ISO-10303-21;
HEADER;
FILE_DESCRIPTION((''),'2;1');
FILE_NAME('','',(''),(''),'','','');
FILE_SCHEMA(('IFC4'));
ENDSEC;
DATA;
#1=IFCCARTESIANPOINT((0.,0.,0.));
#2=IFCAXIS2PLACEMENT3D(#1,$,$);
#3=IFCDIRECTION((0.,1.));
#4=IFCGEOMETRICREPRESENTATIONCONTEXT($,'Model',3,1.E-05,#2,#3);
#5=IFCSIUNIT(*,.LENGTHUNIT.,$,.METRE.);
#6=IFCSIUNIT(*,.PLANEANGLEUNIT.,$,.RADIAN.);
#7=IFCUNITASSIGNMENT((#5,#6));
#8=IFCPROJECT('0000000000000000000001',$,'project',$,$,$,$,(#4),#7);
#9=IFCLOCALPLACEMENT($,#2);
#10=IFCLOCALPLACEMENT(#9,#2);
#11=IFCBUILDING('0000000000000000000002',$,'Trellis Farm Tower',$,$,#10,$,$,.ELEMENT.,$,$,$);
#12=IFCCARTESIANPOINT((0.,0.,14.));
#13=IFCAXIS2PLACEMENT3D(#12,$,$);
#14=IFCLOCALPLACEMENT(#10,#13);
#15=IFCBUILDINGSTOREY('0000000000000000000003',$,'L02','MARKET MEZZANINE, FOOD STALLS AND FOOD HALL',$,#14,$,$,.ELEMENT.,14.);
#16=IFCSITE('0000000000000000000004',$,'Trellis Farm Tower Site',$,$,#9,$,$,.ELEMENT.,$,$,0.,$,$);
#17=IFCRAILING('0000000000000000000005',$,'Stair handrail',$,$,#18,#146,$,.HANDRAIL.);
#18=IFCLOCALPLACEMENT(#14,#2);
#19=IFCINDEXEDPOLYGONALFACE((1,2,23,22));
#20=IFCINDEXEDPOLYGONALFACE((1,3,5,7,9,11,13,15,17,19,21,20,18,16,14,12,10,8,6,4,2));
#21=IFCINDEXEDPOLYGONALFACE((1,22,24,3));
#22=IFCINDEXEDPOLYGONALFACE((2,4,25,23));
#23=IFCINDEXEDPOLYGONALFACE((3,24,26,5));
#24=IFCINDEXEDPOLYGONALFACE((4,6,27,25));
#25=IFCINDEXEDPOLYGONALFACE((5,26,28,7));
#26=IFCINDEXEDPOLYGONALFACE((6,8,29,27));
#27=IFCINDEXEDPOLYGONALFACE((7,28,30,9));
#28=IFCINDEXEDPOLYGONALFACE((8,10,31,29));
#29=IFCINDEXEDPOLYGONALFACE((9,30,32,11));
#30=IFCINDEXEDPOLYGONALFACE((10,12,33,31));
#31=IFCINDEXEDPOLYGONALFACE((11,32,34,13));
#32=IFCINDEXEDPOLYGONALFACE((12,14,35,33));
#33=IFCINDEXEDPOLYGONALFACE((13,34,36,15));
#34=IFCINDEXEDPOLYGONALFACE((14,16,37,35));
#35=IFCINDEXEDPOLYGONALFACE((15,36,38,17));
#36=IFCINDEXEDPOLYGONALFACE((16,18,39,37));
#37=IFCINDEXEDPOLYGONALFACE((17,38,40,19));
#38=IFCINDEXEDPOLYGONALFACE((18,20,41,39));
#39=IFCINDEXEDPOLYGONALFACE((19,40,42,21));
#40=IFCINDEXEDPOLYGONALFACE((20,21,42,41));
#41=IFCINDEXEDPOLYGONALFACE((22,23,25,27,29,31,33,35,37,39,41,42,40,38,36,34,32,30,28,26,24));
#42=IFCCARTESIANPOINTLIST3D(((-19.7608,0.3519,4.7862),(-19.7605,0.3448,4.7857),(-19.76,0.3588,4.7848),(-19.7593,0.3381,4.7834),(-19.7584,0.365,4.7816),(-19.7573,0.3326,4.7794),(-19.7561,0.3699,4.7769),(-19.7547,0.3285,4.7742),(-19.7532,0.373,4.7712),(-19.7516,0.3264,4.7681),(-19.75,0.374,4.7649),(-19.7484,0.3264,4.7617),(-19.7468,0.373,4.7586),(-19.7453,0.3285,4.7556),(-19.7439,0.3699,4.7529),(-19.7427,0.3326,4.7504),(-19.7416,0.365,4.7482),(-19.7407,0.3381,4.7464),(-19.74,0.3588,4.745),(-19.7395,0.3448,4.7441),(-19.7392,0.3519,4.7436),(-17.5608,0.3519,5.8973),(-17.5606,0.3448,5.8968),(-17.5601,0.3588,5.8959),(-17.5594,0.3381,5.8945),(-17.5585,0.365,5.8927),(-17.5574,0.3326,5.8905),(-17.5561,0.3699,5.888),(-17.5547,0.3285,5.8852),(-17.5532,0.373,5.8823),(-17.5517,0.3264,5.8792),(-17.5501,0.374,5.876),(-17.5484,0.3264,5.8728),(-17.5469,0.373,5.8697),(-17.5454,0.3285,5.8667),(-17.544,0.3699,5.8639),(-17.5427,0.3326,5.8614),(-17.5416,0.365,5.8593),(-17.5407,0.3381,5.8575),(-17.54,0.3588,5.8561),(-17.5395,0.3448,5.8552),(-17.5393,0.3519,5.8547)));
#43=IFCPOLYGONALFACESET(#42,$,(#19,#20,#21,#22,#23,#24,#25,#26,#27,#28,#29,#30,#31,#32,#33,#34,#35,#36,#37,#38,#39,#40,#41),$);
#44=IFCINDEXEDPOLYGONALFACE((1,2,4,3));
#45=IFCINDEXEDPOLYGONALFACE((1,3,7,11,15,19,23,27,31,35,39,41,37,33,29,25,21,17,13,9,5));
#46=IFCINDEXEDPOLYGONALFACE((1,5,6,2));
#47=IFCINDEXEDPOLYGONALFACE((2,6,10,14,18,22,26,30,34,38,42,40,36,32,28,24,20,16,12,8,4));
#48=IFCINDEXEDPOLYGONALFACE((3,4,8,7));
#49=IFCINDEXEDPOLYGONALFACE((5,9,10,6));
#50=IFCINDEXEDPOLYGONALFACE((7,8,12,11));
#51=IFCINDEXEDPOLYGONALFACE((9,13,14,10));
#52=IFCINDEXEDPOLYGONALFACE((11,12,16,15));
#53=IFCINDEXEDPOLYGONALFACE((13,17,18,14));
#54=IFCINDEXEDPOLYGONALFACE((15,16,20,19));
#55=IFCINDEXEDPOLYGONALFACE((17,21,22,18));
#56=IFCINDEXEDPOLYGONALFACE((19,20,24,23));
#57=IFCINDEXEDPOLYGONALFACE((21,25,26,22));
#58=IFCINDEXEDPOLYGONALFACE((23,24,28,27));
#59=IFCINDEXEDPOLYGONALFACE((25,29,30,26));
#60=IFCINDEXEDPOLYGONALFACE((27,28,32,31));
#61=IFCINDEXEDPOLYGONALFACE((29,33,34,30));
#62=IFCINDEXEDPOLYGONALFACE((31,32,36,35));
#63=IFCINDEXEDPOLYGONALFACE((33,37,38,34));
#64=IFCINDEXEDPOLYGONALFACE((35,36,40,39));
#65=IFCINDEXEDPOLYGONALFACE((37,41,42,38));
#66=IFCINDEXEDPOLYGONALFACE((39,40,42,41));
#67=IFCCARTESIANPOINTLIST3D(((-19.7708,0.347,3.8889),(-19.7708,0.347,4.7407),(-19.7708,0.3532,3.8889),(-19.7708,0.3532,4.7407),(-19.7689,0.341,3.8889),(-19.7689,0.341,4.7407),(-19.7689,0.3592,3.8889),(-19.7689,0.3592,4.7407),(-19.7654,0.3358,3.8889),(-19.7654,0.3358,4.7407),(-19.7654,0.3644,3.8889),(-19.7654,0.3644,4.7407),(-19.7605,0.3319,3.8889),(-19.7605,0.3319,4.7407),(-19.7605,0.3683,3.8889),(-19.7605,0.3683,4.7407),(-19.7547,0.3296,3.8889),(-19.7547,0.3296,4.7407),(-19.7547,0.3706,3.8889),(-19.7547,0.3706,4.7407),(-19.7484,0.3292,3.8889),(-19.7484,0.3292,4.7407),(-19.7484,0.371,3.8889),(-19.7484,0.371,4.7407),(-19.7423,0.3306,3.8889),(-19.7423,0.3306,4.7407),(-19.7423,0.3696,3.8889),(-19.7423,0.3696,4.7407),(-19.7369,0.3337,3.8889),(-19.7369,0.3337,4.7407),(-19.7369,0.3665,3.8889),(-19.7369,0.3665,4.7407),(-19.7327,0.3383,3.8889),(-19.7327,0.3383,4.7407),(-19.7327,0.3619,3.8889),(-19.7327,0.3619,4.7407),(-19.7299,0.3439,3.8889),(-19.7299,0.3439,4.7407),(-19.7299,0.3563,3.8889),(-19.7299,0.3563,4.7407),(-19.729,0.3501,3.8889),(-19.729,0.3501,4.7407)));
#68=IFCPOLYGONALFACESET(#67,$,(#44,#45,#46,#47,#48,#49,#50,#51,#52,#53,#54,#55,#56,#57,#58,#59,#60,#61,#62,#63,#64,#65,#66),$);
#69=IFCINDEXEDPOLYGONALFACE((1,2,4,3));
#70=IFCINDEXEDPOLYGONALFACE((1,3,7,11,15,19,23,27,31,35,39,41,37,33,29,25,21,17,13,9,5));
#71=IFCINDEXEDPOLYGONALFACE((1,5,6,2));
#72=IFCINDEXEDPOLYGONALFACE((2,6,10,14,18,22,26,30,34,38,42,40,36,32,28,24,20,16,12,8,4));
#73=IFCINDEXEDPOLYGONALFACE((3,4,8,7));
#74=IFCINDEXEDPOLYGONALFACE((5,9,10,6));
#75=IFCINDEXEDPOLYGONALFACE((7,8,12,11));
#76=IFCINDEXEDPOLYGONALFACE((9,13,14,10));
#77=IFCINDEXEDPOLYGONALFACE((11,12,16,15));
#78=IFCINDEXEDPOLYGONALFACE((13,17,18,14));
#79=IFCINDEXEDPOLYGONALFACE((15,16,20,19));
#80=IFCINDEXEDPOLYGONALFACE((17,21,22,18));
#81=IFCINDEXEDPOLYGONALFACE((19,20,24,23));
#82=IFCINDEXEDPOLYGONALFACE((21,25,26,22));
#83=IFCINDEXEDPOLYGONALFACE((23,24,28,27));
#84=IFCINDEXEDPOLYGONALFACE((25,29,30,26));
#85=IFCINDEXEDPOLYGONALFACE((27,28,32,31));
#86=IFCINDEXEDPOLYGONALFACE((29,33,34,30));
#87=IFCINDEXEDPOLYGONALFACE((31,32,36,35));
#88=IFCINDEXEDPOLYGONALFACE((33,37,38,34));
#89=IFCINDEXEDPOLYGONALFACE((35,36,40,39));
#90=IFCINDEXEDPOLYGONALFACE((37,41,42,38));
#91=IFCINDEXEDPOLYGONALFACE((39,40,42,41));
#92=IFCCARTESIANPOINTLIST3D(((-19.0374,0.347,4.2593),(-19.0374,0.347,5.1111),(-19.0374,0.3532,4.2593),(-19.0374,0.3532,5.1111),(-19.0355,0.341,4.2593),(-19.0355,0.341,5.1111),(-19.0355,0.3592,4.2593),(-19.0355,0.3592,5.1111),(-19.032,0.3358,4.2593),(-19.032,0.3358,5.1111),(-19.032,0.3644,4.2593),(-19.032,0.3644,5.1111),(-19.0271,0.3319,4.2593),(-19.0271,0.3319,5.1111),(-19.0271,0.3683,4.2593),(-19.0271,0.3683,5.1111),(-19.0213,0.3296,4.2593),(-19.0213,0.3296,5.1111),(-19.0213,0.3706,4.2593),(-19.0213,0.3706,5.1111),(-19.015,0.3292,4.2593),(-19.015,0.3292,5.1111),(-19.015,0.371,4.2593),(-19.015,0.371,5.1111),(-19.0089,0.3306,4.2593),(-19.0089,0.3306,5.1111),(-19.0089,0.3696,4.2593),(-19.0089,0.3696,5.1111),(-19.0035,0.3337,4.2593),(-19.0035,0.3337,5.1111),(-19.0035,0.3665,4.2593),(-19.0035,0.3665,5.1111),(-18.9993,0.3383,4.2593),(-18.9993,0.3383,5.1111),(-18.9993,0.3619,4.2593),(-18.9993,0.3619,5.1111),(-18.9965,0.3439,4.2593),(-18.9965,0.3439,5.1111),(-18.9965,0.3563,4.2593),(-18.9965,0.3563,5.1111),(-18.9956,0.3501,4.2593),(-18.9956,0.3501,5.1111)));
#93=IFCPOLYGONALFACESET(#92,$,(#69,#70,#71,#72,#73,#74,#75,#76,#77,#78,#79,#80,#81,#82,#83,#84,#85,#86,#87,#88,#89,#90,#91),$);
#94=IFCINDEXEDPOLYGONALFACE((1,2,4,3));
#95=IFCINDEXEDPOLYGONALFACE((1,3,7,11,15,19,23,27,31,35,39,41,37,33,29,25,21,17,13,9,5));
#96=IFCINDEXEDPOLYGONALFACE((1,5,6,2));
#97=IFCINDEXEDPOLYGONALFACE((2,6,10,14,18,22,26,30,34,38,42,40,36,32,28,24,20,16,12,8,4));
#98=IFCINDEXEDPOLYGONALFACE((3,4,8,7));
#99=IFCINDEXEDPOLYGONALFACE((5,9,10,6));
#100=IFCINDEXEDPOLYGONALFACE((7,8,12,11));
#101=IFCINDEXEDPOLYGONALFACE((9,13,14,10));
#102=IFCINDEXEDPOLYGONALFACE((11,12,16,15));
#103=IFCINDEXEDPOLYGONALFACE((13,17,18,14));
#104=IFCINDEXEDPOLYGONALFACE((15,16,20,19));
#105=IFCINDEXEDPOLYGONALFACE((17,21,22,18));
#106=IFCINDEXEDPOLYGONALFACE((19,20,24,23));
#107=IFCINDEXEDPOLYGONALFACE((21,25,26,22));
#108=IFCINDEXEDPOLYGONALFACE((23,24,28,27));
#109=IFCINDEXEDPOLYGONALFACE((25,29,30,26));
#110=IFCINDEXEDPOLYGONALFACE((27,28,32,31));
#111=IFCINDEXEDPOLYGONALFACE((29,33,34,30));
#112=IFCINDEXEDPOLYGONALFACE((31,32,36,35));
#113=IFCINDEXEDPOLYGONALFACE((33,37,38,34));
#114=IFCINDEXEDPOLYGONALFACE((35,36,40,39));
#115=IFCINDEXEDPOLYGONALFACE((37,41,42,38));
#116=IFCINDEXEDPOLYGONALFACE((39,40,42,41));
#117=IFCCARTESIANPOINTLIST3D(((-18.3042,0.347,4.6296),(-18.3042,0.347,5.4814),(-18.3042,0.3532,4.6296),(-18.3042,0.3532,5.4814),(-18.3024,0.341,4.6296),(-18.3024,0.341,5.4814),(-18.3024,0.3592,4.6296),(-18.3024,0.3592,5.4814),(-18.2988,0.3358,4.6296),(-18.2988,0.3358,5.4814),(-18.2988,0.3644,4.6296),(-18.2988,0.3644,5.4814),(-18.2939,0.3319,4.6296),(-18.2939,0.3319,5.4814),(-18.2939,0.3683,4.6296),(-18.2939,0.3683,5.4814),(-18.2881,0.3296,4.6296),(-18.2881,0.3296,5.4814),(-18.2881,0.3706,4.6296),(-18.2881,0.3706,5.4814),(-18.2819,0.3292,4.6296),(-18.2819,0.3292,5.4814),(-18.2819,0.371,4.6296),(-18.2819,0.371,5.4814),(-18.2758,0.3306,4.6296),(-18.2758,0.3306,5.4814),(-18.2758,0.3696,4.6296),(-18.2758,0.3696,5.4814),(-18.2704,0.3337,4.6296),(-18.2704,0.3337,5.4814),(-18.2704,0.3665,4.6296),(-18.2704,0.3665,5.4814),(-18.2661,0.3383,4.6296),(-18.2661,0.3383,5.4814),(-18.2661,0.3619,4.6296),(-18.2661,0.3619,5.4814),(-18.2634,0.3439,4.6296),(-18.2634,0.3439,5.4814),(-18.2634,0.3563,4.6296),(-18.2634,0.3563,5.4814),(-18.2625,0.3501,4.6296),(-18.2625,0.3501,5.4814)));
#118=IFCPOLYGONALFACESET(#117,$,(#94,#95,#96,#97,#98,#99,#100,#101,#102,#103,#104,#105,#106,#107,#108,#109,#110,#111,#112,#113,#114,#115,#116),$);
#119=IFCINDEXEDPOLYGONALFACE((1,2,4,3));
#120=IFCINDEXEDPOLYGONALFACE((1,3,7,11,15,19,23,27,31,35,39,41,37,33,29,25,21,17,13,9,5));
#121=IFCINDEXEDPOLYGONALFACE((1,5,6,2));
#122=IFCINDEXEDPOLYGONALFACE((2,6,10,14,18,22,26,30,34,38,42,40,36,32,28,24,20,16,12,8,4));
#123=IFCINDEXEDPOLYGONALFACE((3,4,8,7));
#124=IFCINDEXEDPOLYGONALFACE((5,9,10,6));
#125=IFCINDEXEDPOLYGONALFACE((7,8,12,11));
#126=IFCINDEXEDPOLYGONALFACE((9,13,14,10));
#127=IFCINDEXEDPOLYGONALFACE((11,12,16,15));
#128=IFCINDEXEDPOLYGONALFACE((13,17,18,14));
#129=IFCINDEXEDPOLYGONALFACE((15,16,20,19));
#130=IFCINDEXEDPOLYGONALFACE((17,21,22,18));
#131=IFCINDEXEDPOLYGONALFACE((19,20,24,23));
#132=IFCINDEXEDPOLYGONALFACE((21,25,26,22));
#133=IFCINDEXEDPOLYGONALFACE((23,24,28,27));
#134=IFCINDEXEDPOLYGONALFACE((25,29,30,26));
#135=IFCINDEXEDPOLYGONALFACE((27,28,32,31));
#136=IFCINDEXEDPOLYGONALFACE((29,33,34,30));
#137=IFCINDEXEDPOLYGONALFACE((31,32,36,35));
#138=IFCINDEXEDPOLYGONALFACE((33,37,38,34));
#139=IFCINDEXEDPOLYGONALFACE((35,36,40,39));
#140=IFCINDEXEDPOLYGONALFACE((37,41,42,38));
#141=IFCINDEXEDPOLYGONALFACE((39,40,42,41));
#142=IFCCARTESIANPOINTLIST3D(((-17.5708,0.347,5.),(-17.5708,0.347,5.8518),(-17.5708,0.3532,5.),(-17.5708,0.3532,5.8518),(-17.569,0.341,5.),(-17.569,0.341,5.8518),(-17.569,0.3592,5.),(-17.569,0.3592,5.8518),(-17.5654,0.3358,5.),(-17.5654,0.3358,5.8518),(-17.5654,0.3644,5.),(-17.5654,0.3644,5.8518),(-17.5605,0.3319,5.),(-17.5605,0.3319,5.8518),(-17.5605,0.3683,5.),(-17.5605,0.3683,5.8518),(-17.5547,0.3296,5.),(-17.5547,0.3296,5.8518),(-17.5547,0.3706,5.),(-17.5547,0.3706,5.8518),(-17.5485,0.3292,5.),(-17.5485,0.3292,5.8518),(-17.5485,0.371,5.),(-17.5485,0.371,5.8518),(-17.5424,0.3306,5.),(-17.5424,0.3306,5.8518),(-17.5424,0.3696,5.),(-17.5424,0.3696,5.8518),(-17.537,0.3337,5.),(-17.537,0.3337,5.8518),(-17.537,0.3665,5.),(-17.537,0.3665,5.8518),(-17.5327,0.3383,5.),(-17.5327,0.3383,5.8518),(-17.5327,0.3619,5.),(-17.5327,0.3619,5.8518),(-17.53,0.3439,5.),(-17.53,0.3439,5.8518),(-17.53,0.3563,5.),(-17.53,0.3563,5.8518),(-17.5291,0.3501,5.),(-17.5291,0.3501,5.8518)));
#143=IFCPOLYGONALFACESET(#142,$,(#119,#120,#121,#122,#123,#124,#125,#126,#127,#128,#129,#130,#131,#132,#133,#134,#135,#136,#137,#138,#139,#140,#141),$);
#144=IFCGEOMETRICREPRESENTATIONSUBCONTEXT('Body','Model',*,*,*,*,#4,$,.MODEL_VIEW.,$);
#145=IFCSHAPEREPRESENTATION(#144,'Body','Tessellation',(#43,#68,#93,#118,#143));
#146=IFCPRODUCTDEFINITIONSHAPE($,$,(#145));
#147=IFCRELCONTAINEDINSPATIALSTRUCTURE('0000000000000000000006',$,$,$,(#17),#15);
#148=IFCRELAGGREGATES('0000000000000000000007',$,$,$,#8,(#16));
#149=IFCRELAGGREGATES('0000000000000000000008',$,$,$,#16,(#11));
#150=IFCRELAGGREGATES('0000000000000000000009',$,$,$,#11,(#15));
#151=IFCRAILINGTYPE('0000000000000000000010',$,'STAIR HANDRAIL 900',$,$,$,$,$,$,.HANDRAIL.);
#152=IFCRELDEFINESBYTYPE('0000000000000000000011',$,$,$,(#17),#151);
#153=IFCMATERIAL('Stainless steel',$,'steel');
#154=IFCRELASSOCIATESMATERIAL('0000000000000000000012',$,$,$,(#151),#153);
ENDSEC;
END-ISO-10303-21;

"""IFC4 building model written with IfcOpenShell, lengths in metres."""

from ifc_helpers import new_model, si_unit, direction, frame, origin, origin_2d, place, context, subcontext, project, spatial, circle, extrude, source, transform, mapped, material, type_object, element, save


model = new_model("IFC4")

# Units and contexts
model_context = context("Model", 3, precision=1e-05, world=origin(), true_north=direction((0.0, 1.0)))
body_context = subcontext(model_context, "Body", "Model", "MODEL_VIEW")
ifc_project = project(units=[si_unit("LENGTHUNIT", "METRE"), si_unit("PLANEANGLEUNIT", "RADIAN")], contexts=[model_context])

# Site, building, storey
site_placement = place(None, origin())
site = spatial("IfcSite", under=ifc_project, at=site_placement, Name="Trellis Farm Tower Site", CompositionType="ELEMENT", RefElevation=0.0)
building_placement = place(site_placement, origin())
building = spatial("IfcBuilding", under=site, at=building_placement, Name="Trellis Farm Tower", CompositionType="ELEMENT")
storey_placement = place(building_placement, frame((0.0, 0.0, 14.0)))
storey = spatial("IfcBuildingStorey", under=building, at=storey_placement, Name="L02", Description="MARKET MEZZANINE, FOOD STALLS AND FOOD HALL", CompositionType="ELEMENT", Elevation=14.0)

# Railing
ifc_material_1 = material(Name="Stainless steel", Category="steel")
railing_type = type_object("IfcRailingType", Name="STAIR HANDRAIL 900", PredefinedType="HANDRAIL", material=ifc_material_1)
shared_shape_1 = source(origin(), body_context, "Body", "SweptSolid", [
    extrude(circle(Radius=0.0239, at=origin_2d()), frame((0.0, 0.0, 0.876), z_axis=(0.892617, 0.0, 0.450816), x_axis=(0.0, 1.0, 0.0)), (0.0, 0.0, 1.0), 2.4646),
    extrude(circle(Radius=0.021, at=origin_2d()), origin(), (0.0, 0.0, 1.0), 0.8518),
    extrude(circle(Radius=0.021, at=origin_2d()), frame((0.7334, 0.0, 0.3704)), (0.0, 0.0, 1.0), 0.8518),
    extrude(circle(Radius=0.021, at=origin_2d()), frame((1.4666, 0.0, 0.7407)), (0.0, 0.0, 1.0), 0.8518),
    extrude(circle(Radius=0.021, at=origin_2d()), frame((2.2, 0.0, 1.1111)), (0.0, 0.0, 1.0), 0.8518),
])
for number, where, name in (
    (1, (-19.75, 0.3501, 3.8889), "Stair handrail"),
):
    element("IfcRailing", number, at=place(storey_placement, frame(where)), inside=storey, type_object=railing_type, Name=name, PredefinedType="HANDRAIL", context=body_context, shape_type="MappedRepresentation", body=[
        mapped(shared_shape_1, transform((0.0, 0.0, 0.0))),
    ])

save(model, "model.ifc")
